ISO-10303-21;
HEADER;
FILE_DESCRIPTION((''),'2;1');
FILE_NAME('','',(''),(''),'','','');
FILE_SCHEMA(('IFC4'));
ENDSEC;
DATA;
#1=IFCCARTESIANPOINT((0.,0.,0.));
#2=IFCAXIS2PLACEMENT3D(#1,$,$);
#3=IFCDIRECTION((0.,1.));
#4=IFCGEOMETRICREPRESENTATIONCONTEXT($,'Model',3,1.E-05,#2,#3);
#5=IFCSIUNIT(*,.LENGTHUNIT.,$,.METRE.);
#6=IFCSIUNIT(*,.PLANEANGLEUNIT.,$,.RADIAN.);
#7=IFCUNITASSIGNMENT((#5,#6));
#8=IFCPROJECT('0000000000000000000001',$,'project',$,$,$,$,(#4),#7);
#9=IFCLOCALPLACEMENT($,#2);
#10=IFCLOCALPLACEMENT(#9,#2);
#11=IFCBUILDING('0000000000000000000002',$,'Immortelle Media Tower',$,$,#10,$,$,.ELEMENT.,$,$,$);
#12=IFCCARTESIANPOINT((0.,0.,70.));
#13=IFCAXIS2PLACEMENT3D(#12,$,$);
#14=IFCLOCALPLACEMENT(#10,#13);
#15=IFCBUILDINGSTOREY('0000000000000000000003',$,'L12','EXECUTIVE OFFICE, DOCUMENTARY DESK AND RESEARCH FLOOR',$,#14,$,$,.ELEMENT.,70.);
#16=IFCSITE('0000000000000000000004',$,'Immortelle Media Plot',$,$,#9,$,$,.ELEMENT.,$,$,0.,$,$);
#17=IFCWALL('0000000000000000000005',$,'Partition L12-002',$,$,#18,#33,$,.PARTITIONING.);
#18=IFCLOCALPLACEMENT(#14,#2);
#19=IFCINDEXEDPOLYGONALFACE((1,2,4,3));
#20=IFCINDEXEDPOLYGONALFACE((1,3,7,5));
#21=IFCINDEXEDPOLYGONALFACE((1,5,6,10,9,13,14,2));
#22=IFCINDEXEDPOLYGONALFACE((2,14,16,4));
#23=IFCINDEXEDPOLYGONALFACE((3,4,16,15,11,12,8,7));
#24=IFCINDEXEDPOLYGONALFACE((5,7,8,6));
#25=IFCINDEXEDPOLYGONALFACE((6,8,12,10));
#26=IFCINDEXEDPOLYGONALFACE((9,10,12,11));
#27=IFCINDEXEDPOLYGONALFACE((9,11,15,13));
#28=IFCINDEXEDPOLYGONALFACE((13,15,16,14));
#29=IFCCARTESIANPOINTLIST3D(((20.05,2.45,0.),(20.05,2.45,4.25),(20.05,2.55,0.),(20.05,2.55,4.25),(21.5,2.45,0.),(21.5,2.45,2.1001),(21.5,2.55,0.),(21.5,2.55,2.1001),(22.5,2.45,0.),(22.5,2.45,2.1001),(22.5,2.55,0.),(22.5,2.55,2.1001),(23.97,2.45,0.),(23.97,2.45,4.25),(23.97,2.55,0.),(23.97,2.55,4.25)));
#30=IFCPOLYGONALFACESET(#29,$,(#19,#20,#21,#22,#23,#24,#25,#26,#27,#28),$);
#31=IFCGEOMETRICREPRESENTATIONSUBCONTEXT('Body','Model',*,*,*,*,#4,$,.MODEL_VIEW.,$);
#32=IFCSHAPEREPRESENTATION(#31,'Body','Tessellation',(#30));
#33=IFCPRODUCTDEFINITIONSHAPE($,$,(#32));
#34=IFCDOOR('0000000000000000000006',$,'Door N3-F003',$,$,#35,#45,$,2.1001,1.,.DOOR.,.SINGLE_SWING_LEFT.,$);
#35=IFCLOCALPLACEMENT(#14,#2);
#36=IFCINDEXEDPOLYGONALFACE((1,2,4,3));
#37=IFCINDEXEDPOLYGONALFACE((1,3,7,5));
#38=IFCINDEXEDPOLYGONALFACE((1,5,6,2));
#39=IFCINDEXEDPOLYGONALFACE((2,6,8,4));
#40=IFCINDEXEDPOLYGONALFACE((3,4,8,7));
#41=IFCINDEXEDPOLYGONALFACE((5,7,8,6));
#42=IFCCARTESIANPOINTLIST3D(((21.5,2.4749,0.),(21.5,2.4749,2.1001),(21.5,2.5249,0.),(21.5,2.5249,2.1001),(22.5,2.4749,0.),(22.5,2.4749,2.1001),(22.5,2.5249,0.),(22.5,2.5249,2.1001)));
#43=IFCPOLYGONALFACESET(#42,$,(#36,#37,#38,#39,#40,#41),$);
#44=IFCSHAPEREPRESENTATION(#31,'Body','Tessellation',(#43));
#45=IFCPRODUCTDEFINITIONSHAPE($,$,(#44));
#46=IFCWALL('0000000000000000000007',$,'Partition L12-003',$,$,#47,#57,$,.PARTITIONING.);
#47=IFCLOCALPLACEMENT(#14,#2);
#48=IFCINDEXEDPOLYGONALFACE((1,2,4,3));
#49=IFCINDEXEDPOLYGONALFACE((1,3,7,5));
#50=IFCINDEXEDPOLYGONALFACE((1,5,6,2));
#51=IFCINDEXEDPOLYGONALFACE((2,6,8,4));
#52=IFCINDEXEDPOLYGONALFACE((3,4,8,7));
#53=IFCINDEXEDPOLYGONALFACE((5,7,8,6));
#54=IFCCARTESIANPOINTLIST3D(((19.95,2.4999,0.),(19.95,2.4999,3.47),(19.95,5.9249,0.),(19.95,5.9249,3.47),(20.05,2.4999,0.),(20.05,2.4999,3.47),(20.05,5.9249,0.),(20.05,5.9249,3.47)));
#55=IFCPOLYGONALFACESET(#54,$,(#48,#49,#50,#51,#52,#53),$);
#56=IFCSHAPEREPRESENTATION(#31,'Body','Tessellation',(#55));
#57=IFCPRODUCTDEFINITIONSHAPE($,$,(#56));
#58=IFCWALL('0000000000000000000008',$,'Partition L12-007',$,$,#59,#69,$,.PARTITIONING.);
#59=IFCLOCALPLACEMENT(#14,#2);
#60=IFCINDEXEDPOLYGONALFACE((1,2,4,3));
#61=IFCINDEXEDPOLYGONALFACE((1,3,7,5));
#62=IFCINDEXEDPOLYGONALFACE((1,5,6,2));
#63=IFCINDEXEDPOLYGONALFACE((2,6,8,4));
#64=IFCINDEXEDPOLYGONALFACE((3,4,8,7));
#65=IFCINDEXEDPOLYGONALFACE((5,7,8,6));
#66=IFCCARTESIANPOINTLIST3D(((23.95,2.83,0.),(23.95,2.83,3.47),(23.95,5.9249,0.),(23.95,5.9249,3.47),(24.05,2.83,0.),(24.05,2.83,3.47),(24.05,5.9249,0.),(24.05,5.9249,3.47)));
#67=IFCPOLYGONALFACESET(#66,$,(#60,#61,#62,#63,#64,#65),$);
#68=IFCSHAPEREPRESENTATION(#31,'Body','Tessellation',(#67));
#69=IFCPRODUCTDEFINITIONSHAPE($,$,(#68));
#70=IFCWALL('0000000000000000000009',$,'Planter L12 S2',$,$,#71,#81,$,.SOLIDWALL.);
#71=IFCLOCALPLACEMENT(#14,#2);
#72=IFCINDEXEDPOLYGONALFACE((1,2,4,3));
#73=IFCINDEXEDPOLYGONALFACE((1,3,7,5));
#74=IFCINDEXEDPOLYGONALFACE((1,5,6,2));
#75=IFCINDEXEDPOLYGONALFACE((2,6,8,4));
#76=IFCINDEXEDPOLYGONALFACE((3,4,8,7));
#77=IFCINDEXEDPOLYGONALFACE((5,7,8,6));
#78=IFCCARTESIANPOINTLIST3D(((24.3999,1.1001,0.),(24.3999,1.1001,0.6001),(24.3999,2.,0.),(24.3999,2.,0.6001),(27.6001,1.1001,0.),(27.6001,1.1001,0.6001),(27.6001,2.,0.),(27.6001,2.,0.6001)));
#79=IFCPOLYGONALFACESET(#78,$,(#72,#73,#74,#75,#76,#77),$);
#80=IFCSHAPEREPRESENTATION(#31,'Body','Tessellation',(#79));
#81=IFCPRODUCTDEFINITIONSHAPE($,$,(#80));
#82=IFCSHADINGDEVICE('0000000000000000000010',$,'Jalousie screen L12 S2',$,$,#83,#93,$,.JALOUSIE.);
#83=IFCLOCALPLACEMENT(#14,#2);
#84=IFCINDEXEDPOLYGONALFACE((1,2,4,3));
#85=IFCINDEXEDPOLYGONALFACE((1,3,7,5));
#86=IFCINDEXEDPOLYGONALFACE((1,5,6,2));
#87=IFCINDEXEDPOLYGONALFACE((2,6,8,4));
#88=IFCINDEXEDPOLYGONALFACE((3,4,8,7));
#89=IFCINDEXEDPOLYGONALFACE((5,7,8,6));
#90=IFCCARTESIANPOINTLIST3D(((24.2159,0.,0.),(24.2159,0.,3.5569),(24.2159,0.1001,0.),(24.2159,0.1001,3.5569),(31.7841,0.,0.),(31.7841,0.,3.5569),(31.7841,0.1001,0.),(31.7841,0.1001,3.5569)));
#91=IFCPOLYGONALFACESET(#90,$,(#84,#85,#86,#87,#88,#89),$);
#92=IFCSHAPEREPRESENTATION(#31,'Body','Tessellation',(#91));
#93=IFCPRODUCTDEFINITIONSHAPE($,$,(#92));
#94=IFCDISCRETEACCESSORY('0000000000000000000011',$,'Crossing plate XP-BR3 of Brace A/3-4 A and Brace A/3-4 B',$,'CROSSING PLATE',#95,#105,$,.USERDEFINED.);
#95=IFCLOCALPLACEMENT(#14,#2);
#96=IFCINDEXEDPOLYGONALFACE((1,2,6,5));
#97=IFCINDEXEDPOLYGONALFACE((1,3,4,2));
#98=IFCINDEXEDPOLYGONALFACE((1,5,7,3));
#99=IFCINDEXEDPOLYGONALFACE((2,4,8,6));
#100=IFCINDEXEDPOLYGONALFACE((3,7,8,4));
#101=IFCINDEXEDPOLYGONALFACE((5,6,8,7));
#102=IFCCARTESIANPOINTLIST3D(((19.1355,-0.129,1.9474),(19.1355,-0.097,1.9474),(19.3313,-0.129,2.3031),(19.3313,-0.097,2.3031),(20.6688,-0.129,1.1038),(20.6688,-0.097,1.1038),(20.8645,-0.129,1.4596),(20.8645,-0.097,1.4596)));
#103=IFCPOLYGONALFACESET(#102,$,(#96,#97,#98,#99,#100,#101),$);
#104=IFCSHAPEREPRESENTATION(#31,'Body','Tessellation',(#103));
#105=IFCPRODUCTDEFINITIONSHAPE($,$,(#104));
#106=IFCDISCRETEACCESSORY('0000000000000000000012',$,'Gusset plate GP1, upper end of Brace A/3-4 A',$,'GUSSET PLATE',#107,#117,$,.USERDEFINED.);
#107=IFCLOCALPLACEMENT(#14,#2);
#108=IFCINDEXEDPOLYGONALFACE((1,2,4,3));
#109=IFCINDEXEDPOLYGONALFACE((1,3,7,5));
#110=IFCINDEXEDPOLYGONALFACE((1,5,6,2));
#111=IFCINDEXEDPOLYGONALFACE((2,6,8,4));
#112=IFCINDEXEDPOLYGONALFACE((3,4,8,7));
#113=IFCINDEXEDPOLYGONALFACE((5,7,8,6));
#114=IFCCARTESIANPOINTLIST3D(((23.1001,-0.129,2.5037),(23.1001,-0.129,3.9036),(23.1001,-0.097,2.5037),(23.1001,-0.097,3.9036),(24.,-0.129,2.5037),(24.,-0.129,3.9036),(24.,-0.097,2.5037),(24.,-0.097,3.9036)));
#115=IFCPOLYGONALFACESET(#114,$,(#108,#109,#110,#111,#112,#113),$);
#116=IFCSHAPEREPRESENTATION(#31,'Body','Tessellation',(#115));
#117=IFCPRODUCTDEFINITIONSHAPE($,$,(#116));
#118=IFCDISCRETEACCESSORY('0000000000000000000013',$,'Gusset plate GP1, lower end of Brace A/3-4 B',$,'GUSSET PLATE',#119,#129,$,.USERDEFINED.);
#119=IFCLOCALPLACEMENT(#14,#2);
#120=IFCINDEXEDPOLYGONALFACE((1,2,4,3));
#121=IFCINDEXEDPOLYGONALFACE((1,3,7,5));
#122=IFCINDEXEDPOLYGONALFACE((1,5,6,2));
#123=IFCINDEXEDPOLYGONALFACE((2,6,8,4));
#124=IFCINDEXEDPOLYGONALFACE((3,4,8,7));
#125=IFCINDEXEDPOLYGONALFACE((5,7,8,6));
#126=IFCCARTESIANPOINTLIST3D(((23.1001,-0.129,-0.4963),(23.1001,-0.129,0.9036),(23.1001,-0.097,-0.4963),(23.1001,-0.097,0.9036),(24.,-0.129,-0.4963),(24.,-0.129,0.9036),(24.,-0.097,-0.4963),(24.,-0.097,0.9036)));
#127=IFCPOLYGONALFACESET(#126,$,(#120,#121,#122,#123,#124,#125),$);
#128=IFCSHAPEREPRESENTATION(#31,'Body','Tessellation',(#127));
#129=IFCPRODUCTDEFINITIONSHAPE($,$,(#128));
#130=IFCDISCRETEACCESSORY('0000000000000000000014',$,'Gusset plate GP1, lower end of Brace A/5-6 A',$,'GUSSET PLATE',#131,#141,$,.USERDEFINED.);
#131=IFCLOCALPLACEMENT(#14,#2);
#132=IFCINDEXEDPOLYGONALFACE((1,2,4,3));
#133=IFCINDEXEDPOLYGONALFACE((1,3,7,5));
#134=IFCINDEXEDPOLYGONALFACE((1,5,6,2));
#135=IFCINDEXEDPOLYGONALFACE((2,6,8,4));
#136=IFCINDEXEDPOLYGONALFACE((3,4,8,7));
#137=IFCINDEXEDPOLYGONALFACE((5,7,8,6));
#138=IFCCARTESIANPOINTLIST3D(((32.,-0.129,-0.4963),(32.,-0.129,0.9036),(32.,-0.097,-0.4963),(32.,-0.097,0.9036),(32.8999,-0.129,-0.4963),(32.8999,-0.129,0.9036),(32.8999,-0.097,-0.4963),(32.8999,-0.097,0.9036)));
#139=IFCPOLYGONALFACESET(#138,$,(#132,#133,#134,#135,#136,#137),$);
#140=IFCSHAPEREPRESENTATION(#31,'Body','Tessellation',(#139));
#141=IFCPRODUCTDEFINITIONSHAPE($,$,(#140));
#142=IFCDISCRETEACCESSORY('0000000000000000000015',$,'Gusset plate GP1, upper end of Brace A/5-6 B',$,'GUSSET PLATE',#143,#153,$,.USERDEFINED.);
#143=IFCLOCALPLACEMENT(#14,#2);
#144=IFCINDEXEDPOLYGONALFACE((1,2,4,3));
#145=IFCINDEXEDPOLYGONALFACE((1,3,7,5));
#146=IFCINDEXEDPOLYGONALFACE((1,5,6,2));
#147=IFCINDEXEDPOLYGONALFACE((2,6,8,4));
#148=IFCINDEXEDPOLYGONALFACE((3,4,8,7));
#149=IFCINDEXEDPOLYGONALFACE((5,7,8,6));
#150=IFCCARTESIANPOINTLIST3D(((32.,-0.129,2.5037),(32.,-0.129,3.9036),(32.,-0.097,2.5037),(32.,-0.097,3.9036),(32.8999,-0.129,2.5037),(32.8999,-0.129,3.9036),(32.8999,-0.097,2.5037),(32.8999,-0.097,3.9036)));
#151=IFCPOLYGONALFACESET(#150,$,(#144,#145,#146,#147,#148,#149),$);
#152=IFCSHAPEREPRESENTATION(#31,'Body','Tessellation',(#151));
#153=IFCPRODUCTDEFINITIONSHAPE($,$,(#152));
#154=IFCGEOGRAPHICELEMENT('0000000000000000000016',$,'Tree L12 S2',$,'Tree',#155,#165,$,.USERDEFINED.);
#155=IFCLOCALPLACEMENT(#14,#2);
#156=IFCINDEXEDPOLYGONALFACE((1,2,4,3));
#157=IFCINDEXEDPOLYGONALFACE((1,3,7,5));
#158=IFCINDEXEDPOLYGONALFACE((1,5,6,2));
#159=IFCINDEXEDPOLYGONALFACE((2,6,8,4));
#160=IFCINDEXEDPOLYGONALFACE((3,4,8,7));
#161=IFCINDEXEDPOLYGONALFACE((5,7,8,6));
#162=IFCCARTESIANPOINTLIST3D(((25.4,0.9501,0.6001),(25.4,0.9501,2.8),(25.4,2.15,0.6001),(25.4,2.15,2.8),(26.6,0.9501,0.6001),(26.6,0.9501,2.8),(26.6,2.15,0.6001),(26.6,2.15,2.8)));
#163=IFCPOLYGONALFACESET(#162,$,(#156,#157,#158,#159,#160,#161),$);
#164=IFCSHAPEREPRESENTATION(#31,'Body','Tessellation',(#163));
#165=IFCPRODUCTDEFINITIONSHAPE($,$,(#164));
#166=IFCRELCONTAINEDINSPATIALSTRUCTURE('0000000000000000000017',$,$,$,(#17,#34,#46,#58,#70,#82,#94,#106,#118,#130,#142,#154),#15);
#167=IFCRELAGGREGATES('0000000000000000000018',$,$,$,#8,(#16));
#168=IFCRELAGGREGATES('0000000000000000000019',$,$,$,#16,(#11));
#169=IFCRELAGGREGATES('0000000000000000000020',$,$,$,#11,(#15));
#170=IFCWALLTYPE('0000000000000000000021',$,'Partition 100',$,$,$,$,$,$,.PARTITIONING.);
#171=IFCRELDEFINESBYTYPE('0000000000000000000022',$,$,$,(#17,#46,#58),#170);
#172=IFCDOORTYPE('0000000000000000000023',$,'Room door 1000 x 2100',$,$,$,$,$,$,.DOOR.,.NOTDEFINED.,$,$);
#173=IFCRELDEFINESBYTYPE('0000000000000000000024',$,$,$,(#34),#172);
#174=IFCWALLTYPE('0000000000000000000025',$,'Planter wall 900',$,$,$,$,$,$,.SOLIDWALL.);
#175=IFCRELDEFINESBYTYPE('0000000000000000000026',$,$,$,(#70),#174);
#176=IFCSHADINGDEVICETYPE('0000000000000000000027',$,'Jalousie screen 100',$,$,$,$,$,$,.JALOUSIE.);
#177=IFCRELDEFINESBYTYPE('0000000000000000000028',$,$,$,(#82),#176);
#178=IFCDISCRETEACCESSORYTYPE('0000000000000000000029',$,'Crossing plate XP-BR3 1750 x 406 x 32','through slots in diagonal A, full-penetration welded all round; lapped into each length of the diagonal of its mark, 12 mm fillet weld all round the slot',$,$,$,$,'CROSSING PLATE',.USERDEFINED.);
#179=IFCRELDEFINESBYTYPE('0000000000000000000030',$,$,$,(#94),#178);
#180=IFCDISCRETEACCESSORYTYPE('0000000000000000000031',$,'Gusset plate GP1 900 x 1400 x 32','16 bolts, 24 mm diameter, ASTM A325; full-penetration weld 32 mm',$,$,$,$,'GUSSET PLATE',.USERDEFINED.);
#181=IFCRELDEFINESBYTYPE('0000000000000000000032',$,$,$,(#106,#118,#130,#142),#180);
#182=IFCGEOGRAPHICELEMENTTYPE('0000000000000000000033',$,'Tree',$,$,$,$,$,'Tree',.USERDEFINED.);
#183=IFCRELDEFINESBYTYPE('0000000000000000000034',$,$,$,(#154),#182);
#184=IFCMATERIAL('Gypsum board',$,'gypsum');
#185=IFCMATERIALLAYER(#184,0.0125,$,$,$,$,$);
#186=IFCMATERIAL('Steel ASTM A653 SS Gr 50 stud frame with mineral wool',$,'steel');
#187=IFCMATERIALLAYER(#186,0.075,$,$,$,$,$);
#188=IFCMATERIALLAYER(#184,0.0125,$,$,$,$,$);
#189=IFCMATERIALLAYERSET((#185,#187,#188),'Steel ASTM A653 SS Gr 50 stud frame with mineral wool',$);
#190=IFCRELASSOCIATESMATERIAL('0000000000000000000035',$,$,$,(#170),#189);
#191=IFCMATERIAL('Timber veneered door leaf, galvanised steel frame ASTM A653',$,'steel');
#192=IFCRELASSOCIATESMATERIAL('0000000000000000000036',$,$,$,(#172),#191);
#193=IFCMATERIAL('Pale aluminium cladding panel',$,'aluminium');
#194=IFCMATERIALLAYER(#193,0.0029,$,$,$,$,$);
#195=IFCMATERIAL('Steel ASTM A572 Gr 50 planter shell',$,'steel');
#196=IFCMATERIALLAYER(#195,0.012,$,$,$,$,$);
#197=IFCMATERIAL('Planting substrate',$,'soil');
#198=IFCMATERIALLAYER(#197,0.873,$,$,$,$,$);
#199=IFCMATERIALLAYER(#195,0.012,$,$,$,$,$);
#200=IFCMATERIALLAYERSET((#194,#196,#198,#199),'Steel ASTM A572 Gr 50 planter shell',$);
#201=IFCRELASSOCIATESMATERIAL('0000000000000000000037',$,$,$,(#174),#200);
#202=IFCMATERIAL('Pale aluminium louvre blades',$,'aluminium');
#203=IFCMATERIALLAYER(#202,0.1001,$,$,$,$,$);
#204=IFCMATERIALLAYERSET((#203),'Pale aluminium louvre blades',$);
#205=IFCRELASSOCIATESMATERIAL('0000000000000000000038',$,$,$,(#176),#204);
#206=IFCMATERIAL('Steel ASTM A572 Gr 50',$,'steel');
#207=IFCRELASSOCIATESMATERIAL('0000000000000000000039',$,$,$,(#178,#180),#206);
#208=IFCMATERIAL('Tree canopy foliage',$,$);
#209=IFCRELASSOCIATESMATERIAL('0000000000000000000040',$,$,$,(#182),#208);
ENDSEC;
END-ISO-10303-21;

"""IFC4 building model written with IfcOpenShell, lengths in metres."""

from ifc_helpers import new_model, si_unit, direction, frame, frame_2d, origin, origin_2d, place, context, subcontext, project, spatial, rectangle, extrude, material, layer, layer_set, material_profile, profile_set, type_object, element, fill, save


model = new_model("IFC4")

# Units and contexts
model_context = context("Model", 3, precision=1e-05, world=origin(), true_north=direction((0.0, 1.0)))
body_context = subcontext(model_context, "Body", "Model", "MODEL_VIEW")
ifc_project = project(units=[si_unit("LENGTHUNIT", "METRE"), si_unit("PLANEANGLEUNIT", "RADIAN")], contexts=[model_context])

# Site, building, storey
site_placement = place(None, origin())
site = spatial("IfcSite", under=ifc_project, at=site_placement, Name="Immortelle Media Plot", CompositionType="ELEMENT", RefElevation=0.0)
building_placement = place(site_placement, origin())
building = spatial("IfcBuilding", under=site, at=building_placement, Name="Immortelle Media Tower", CompositionType="ELEMENT")
storey_placement = place(building_placement, frame((0.0, 0.0, 70.0)))
storey = spatial("IfcBuildingStorey", under=building, at=storey_placement, Name="L12", Description="EXECUTIVE OFFICE, DOCUMENTARY DESK AND RESEARCH FLOOR", CompositionType="ELEMENT", Elevation=70.0)

# Shared definitions
ifc_material_1 = material(Name="Steel ASTM A653 SS Gr 50 stud frame with mineral wool", Category="steel")

# Shared definitions
ifc_material_2 = material(Name="Pale aluminium cladding panel", Category="aluminium")

# Shared definitions
ifc_material_3 = material(Name="Gypsum board", Category="gypsum")
ifc_layer_1 = layer(ifc_material_3, 0.0125)
ifc_layer_2 = layer(ifc_material_1, 0.075)
ifc_layer_3 = layer(ifc_material_3, 0.0125)
ifc_layer_set_1 = layer_set([ifc_layer_1, ifc_layer_2, ifc_layer_3], Name="Steel ASTM A653 SS Gr 50 stud frame with mineral wool")
wall_type_1 = type_object("IfcWallType", Name="Partition 100", PredefinedType="PARTITIONING", material=ifc_layer_set_1)

# Wall, opening, door
wall_1_placement = place(storey_placement, frame((20.05, 2.5, 0.0), z_axis=(0.0, 0.0, 1.0), x_axis=(1.0, 0.0, 0.0)))
wall_1 = element("IfcWall", 1, at=wall_1_placement, inside=storey, type_object=wall_type_1, Name="Partition L12-002", PredefinedType="PARTITIONING", context=body_context, shape_type="SweptSolid", body=[
    extrude(rectangle(XDim=3.9199, YDim=0.1001, at=frame_2d((1.96, 0.0))), origin(), (0.0, 0.0, 1.0), 4.25),
])
opening_1_placement = place(wall_1_placement, frame((1.45, 0.0, 0.0)))
opening_1 = element("IfcOpeningElement", 2, at=opening_1_placement, cuts=wall_1, PredefinedType="OPENING", context=body_context, shape_type="SweptSolid", body=[
    extrude(rectangle(XDim=1.0, YDim=2.1001, at=frame_2d((0.5, 1.05))), frame((0.0, 0.0601, 0.0), z_axis=(0.0, -1.0, 0.0), x_axis=(1.0, 0.0, 0.0)), (0.0, 0.0, 1.0), 0.1201),
])
ifc_material_4 = material(Name="Timber veneered door leaf, galvanised steel frame ASTM A653", Category="steel")
door_type_1 = type_object("IfcDoorType", Name="Room door 1000 x 2100", OperationType="NOTDEFINED", PredefinedType="DOOR", material=ifc_material_4)
door_1_placement = place(opening_1_placement, origin())
door_1 = element("IfcDoor", 3, at=door_1_placement, inside=storey, type_object=door_type_1, Name="Door N3-F003", OperationType="SINGLE_SWING_LEFT", OverallHeight=2.1001, OverallWidth=1.0, PredefinedType="DOOR", context=body_context, shape_type="SweptSolid", body=[
    extrude(rectangle(XDim=1.0, YDim=2.1001, at=frame_2d((0.5, 1.05))), frame((0.0, 0.0249, 0.0), z_axis=(0.0, -1.0, 0.0), x_axis=(1.0, 0.0, 0.0)), (0.0, 0.0, 1.0), 0.05),
])
fill(opening_1, door_1)

# Walls
wall_2_placement = place(storey_placement, frame((20.0, 2.5, 0.0), z_axis=(0.0, 0.0, 1.0), x_axis=(0.0, 1.0, 0.0)))
element("IfcWall", 4, at=wall_2_placement, inside=storey, type_object=wall_type_1, Name="Partition L12-003", PredefinedType="PARTITIONING", context=body_context, shape_type="SweptSolid", body=[
    extrude(rectangle(XDim=3.425, YDim=0.1001, at=frame_2d((1.7124, 0.0))), origin(), (0.0, 0.0, 1.0), 3.47),
])
wall_3_placement = place(storey_placement, frame((24.0, 2.8301, 0.0), z_axis=(0.0, 0.0, 1.0), x_axis=(0.0, 1.0, 0.0)))
element("IfcWall", 5, at=wall_3_placement, inside=storey, type_object=wall_type_1, Name="Partition L12-007", PredefinedType="PARTITIONING", context=body_context, shape_type="SweptSolid", body=[
    extrude(rectangle(XDim=3.095, YDim=0.1001, at=frame_2d((1.5474, 0.0))), origin(), (0.0, 0.0, 1.0), 3.47),
])
ifc_layer_4 = layer(ifc_material_2, 0.0029)
ifc_material_5 = material(Name="Steel ASTM A572 Gr 50 planter shell", Category="steel")
ifc_layer_5 = layer(ifc_material_5, 0.012)
ifc_material_6 = material(Name="Planting substrate", Category="soil")
ifc_layer_6 = layer(ifc_material_6, 0.873)
ifc_layer_7 = layer(ifc_material_5, 0.012)
ifc_layer_set_2 = layer_set([ifc_layer_4, ifc_layer_5, ifc_layer_6, ifc_layer_7], Name="Steel ASTM A572 Gr 50 planter shell")
wall_type_2 = type_object("IfcWallType", Name="Planter wall 900", PredefinedType="SOLIDWALL", material=ifc_layer_set_2)
wall_4_placement = place(storey_placement, frame((24.3999, 1.55, 0.0), z_axis=(0.0, 0.0, 1.0), x_axis=(1.0, 0.0, 0.0)))
element("IfcWall", 6, at=wall_4_placement, inside=storey, type_object=wall_type_2, Name="Planter L12 S2", PredefinedType="SOLIDWALL", context=body_context, shape_type="SweptSolid", body=[
    extrude(rectangle(XDim=3.2002, YDim=0.8999, at=frame_2d((1.6001, 0.0))), origin(), (0.0, 0.0, 1.0), 0.6001),
])

# Shading device
ifc_material_7 = material(Name="Pale aluminium louvre blades", Category="aluminium")
ifc_layer_8 = layer(ifc_material_7, 0.1001)
ifc_layer_set_3 = layer_set([ifc_layer_8], Name="Pale aluminium louvre blades")
shading_device_type = type_object("IfcShadingDeviceType", Name="Jalousie screen 100", PredefinedType="JALOUSIE", material=ifc_layer_set_3)
shading_device_placement = place(storey_placement, frame((28.0, 0.05, 0.0), z_axis=(0.0, 0.0, 1.0), x_axis=(1.0, 0.0, 0.0)))
element("IfcShadingDevice", 7, at=shading_device_placement, inside=storey, type_object=shading_device_type, Name="Jalousie screen L12 S2", PredefinedType="JALOUSIE", context=body_context, shape_type="SweptSolid", body=[
    extrude(rectangle(XDim=7.5681, YDim=0.1001, at=origin_2d()), origin(), (0.0, 0.0, 1.0), 3.5569),
])

# Discrete accessories
ifc_material_8 = material(Name="Steel ASTM A572 Gr 50", Category="steel")
ifc_material_profile_1 = material_profile(ifc_material_8, rectangle(XDim=0.032, YDim=0.406, at=origin_2d()), Name="PL 32 x 406")
ifc_profile_set_1 = profile_set([ifc_material_profile_1], Name="Steel ASTM A572 Gr 50")
discrete_accessory_type_1 = type_object("IfcDiscreteAccessoryType", Name="Crossing plate XP-BR3 1750 x 406 x 32", Description="through slots in diagonal A, full-penetration welded all round; lapped into each length of the diagonal of its mark, 12 mm fillet weld all round the slot", ElementType="CROSSING PLATE", PredefinedType="USERDEFINED", material=ifc_profile_set_1)
discrete_accessory_placement = place(storey_placement, frame((19.2334, -0.113, 2.1252), z_axis=(0.876157, 0.0, -0.482026), x_axis=(0.0, 1.0, 0.0)))
element("IfcDiscreteAccessory", 8, at=discrete_accessory_placement, inside=storey, type_object=discrete_accessory_type_1, Name="Crossing plate XP-BR3 of Brace A/3-4 A and Brace A/3-4 B", ObjectType="CROSSING PLATE", PredefinedType="USERDEFINED", context=body_context, shape_type="SweptSolid", body=[
    extrude(rectangle(XDim=0.032, YDim=0.406, at=origin_2d()), origin(), (0.0, 0.0, 1.0), 1.75),
])
ifc_material_profile_2 = material_profile(ifc_material_8, rectangle(XDim=0.032, YDim=1.3999, at=origin_2d()), Name="PL 32 x 1400")
ifc_profile_set_2 = profile_set([ifc_material_profile_2], Name="Steel ASTM A572 Gr 50")
discrete_accessory_type_2 = type_object("IfcDiscreteAccessoryType", Name="Gusset plate GP1 900 x 1400 x 32", Description="16 bolts, 24 mm diameter, ASTM A325; full-penetration weld 32 mm", ElementType="GUSSET PLATE", PredefinedType="USERDEFINED", material=ifc_profile_set_2)
for number, where, z_axis, x_axis, name in (
    (9, (24.0, -0.113, 3.2036), (-1.0, 0.0, 0.0), (0.0, -1.0, 0.0), "Gusset plate GP1, upper end of Brace A/3-4 A"),
    (10, (24.0, -0.113, 0.2036), (-1.0, 0.0, 0.0), (0.0, -1.0, 0.0), "Gusset plate GP1, lower end of Brace A/3-4 B"),
    (11, (32.0, -0.113, 0.2036), (1.0, 0.0, 0.0), (0.0, 1.0, 0.0), "Gusset plate GP1, lower end of Brace A/5-6 A"),
    (12, (32.0, -0.113, 3.2036), (1.0, 0.0, 0.0), (0.0, 1.0, 0.0), "Gusset plate GP1, upper end of Brace A/5-6 B"),
):
    element("IfcDiscreteAccessory", number, at=place(storey_placement, frame(where, z_axis=z_axis, x_axis=x_axis)), inside=storey, type_object=discrete_accessory_type_2, Name=name, ObjectType="GUSSET PLATE", PredefinedType="USERDEFINED", context=body_context, shape_type="SweptSolid", body=[
        extrude(rectangle(XDim=0.032, YDim=1.3999, at=origin_2d()), origin(), (0.0, 0.0, 1.0), 0.8999),
    ])

# Geographic element
ifc_material_9 = material(Name="Tree canopy foliage")
geographic_element_type = type_object("IfcGeographicElementType", Name="Tree", ElementType="Tree", PredefinedType="USERDEFINED", material=ifc_material_9)
geographic_element_placement = place(storey_placement, frame((26.0, 1.55, 0.6001), z_axis=(0.0, 0.0, 1.0), x_axis=(1.0, 0.0, 0.0)))
element("IfcGeographicElement", 13, at=geographic_element_placement, inside=storey, type_object=geographic_element_type, Name="Tree L12 S2", ObjectType="Tree", PredefinedType="USERDEFINED", context=body_context, shape_type="SweptSolid", body=[
    extrude(rectangle(XDim=1.2, YDim=1.2, at=origin_2d()), origin(), (0.0, 0.0, 1.0), 2.2),
])

save(model, "model.ifc")
